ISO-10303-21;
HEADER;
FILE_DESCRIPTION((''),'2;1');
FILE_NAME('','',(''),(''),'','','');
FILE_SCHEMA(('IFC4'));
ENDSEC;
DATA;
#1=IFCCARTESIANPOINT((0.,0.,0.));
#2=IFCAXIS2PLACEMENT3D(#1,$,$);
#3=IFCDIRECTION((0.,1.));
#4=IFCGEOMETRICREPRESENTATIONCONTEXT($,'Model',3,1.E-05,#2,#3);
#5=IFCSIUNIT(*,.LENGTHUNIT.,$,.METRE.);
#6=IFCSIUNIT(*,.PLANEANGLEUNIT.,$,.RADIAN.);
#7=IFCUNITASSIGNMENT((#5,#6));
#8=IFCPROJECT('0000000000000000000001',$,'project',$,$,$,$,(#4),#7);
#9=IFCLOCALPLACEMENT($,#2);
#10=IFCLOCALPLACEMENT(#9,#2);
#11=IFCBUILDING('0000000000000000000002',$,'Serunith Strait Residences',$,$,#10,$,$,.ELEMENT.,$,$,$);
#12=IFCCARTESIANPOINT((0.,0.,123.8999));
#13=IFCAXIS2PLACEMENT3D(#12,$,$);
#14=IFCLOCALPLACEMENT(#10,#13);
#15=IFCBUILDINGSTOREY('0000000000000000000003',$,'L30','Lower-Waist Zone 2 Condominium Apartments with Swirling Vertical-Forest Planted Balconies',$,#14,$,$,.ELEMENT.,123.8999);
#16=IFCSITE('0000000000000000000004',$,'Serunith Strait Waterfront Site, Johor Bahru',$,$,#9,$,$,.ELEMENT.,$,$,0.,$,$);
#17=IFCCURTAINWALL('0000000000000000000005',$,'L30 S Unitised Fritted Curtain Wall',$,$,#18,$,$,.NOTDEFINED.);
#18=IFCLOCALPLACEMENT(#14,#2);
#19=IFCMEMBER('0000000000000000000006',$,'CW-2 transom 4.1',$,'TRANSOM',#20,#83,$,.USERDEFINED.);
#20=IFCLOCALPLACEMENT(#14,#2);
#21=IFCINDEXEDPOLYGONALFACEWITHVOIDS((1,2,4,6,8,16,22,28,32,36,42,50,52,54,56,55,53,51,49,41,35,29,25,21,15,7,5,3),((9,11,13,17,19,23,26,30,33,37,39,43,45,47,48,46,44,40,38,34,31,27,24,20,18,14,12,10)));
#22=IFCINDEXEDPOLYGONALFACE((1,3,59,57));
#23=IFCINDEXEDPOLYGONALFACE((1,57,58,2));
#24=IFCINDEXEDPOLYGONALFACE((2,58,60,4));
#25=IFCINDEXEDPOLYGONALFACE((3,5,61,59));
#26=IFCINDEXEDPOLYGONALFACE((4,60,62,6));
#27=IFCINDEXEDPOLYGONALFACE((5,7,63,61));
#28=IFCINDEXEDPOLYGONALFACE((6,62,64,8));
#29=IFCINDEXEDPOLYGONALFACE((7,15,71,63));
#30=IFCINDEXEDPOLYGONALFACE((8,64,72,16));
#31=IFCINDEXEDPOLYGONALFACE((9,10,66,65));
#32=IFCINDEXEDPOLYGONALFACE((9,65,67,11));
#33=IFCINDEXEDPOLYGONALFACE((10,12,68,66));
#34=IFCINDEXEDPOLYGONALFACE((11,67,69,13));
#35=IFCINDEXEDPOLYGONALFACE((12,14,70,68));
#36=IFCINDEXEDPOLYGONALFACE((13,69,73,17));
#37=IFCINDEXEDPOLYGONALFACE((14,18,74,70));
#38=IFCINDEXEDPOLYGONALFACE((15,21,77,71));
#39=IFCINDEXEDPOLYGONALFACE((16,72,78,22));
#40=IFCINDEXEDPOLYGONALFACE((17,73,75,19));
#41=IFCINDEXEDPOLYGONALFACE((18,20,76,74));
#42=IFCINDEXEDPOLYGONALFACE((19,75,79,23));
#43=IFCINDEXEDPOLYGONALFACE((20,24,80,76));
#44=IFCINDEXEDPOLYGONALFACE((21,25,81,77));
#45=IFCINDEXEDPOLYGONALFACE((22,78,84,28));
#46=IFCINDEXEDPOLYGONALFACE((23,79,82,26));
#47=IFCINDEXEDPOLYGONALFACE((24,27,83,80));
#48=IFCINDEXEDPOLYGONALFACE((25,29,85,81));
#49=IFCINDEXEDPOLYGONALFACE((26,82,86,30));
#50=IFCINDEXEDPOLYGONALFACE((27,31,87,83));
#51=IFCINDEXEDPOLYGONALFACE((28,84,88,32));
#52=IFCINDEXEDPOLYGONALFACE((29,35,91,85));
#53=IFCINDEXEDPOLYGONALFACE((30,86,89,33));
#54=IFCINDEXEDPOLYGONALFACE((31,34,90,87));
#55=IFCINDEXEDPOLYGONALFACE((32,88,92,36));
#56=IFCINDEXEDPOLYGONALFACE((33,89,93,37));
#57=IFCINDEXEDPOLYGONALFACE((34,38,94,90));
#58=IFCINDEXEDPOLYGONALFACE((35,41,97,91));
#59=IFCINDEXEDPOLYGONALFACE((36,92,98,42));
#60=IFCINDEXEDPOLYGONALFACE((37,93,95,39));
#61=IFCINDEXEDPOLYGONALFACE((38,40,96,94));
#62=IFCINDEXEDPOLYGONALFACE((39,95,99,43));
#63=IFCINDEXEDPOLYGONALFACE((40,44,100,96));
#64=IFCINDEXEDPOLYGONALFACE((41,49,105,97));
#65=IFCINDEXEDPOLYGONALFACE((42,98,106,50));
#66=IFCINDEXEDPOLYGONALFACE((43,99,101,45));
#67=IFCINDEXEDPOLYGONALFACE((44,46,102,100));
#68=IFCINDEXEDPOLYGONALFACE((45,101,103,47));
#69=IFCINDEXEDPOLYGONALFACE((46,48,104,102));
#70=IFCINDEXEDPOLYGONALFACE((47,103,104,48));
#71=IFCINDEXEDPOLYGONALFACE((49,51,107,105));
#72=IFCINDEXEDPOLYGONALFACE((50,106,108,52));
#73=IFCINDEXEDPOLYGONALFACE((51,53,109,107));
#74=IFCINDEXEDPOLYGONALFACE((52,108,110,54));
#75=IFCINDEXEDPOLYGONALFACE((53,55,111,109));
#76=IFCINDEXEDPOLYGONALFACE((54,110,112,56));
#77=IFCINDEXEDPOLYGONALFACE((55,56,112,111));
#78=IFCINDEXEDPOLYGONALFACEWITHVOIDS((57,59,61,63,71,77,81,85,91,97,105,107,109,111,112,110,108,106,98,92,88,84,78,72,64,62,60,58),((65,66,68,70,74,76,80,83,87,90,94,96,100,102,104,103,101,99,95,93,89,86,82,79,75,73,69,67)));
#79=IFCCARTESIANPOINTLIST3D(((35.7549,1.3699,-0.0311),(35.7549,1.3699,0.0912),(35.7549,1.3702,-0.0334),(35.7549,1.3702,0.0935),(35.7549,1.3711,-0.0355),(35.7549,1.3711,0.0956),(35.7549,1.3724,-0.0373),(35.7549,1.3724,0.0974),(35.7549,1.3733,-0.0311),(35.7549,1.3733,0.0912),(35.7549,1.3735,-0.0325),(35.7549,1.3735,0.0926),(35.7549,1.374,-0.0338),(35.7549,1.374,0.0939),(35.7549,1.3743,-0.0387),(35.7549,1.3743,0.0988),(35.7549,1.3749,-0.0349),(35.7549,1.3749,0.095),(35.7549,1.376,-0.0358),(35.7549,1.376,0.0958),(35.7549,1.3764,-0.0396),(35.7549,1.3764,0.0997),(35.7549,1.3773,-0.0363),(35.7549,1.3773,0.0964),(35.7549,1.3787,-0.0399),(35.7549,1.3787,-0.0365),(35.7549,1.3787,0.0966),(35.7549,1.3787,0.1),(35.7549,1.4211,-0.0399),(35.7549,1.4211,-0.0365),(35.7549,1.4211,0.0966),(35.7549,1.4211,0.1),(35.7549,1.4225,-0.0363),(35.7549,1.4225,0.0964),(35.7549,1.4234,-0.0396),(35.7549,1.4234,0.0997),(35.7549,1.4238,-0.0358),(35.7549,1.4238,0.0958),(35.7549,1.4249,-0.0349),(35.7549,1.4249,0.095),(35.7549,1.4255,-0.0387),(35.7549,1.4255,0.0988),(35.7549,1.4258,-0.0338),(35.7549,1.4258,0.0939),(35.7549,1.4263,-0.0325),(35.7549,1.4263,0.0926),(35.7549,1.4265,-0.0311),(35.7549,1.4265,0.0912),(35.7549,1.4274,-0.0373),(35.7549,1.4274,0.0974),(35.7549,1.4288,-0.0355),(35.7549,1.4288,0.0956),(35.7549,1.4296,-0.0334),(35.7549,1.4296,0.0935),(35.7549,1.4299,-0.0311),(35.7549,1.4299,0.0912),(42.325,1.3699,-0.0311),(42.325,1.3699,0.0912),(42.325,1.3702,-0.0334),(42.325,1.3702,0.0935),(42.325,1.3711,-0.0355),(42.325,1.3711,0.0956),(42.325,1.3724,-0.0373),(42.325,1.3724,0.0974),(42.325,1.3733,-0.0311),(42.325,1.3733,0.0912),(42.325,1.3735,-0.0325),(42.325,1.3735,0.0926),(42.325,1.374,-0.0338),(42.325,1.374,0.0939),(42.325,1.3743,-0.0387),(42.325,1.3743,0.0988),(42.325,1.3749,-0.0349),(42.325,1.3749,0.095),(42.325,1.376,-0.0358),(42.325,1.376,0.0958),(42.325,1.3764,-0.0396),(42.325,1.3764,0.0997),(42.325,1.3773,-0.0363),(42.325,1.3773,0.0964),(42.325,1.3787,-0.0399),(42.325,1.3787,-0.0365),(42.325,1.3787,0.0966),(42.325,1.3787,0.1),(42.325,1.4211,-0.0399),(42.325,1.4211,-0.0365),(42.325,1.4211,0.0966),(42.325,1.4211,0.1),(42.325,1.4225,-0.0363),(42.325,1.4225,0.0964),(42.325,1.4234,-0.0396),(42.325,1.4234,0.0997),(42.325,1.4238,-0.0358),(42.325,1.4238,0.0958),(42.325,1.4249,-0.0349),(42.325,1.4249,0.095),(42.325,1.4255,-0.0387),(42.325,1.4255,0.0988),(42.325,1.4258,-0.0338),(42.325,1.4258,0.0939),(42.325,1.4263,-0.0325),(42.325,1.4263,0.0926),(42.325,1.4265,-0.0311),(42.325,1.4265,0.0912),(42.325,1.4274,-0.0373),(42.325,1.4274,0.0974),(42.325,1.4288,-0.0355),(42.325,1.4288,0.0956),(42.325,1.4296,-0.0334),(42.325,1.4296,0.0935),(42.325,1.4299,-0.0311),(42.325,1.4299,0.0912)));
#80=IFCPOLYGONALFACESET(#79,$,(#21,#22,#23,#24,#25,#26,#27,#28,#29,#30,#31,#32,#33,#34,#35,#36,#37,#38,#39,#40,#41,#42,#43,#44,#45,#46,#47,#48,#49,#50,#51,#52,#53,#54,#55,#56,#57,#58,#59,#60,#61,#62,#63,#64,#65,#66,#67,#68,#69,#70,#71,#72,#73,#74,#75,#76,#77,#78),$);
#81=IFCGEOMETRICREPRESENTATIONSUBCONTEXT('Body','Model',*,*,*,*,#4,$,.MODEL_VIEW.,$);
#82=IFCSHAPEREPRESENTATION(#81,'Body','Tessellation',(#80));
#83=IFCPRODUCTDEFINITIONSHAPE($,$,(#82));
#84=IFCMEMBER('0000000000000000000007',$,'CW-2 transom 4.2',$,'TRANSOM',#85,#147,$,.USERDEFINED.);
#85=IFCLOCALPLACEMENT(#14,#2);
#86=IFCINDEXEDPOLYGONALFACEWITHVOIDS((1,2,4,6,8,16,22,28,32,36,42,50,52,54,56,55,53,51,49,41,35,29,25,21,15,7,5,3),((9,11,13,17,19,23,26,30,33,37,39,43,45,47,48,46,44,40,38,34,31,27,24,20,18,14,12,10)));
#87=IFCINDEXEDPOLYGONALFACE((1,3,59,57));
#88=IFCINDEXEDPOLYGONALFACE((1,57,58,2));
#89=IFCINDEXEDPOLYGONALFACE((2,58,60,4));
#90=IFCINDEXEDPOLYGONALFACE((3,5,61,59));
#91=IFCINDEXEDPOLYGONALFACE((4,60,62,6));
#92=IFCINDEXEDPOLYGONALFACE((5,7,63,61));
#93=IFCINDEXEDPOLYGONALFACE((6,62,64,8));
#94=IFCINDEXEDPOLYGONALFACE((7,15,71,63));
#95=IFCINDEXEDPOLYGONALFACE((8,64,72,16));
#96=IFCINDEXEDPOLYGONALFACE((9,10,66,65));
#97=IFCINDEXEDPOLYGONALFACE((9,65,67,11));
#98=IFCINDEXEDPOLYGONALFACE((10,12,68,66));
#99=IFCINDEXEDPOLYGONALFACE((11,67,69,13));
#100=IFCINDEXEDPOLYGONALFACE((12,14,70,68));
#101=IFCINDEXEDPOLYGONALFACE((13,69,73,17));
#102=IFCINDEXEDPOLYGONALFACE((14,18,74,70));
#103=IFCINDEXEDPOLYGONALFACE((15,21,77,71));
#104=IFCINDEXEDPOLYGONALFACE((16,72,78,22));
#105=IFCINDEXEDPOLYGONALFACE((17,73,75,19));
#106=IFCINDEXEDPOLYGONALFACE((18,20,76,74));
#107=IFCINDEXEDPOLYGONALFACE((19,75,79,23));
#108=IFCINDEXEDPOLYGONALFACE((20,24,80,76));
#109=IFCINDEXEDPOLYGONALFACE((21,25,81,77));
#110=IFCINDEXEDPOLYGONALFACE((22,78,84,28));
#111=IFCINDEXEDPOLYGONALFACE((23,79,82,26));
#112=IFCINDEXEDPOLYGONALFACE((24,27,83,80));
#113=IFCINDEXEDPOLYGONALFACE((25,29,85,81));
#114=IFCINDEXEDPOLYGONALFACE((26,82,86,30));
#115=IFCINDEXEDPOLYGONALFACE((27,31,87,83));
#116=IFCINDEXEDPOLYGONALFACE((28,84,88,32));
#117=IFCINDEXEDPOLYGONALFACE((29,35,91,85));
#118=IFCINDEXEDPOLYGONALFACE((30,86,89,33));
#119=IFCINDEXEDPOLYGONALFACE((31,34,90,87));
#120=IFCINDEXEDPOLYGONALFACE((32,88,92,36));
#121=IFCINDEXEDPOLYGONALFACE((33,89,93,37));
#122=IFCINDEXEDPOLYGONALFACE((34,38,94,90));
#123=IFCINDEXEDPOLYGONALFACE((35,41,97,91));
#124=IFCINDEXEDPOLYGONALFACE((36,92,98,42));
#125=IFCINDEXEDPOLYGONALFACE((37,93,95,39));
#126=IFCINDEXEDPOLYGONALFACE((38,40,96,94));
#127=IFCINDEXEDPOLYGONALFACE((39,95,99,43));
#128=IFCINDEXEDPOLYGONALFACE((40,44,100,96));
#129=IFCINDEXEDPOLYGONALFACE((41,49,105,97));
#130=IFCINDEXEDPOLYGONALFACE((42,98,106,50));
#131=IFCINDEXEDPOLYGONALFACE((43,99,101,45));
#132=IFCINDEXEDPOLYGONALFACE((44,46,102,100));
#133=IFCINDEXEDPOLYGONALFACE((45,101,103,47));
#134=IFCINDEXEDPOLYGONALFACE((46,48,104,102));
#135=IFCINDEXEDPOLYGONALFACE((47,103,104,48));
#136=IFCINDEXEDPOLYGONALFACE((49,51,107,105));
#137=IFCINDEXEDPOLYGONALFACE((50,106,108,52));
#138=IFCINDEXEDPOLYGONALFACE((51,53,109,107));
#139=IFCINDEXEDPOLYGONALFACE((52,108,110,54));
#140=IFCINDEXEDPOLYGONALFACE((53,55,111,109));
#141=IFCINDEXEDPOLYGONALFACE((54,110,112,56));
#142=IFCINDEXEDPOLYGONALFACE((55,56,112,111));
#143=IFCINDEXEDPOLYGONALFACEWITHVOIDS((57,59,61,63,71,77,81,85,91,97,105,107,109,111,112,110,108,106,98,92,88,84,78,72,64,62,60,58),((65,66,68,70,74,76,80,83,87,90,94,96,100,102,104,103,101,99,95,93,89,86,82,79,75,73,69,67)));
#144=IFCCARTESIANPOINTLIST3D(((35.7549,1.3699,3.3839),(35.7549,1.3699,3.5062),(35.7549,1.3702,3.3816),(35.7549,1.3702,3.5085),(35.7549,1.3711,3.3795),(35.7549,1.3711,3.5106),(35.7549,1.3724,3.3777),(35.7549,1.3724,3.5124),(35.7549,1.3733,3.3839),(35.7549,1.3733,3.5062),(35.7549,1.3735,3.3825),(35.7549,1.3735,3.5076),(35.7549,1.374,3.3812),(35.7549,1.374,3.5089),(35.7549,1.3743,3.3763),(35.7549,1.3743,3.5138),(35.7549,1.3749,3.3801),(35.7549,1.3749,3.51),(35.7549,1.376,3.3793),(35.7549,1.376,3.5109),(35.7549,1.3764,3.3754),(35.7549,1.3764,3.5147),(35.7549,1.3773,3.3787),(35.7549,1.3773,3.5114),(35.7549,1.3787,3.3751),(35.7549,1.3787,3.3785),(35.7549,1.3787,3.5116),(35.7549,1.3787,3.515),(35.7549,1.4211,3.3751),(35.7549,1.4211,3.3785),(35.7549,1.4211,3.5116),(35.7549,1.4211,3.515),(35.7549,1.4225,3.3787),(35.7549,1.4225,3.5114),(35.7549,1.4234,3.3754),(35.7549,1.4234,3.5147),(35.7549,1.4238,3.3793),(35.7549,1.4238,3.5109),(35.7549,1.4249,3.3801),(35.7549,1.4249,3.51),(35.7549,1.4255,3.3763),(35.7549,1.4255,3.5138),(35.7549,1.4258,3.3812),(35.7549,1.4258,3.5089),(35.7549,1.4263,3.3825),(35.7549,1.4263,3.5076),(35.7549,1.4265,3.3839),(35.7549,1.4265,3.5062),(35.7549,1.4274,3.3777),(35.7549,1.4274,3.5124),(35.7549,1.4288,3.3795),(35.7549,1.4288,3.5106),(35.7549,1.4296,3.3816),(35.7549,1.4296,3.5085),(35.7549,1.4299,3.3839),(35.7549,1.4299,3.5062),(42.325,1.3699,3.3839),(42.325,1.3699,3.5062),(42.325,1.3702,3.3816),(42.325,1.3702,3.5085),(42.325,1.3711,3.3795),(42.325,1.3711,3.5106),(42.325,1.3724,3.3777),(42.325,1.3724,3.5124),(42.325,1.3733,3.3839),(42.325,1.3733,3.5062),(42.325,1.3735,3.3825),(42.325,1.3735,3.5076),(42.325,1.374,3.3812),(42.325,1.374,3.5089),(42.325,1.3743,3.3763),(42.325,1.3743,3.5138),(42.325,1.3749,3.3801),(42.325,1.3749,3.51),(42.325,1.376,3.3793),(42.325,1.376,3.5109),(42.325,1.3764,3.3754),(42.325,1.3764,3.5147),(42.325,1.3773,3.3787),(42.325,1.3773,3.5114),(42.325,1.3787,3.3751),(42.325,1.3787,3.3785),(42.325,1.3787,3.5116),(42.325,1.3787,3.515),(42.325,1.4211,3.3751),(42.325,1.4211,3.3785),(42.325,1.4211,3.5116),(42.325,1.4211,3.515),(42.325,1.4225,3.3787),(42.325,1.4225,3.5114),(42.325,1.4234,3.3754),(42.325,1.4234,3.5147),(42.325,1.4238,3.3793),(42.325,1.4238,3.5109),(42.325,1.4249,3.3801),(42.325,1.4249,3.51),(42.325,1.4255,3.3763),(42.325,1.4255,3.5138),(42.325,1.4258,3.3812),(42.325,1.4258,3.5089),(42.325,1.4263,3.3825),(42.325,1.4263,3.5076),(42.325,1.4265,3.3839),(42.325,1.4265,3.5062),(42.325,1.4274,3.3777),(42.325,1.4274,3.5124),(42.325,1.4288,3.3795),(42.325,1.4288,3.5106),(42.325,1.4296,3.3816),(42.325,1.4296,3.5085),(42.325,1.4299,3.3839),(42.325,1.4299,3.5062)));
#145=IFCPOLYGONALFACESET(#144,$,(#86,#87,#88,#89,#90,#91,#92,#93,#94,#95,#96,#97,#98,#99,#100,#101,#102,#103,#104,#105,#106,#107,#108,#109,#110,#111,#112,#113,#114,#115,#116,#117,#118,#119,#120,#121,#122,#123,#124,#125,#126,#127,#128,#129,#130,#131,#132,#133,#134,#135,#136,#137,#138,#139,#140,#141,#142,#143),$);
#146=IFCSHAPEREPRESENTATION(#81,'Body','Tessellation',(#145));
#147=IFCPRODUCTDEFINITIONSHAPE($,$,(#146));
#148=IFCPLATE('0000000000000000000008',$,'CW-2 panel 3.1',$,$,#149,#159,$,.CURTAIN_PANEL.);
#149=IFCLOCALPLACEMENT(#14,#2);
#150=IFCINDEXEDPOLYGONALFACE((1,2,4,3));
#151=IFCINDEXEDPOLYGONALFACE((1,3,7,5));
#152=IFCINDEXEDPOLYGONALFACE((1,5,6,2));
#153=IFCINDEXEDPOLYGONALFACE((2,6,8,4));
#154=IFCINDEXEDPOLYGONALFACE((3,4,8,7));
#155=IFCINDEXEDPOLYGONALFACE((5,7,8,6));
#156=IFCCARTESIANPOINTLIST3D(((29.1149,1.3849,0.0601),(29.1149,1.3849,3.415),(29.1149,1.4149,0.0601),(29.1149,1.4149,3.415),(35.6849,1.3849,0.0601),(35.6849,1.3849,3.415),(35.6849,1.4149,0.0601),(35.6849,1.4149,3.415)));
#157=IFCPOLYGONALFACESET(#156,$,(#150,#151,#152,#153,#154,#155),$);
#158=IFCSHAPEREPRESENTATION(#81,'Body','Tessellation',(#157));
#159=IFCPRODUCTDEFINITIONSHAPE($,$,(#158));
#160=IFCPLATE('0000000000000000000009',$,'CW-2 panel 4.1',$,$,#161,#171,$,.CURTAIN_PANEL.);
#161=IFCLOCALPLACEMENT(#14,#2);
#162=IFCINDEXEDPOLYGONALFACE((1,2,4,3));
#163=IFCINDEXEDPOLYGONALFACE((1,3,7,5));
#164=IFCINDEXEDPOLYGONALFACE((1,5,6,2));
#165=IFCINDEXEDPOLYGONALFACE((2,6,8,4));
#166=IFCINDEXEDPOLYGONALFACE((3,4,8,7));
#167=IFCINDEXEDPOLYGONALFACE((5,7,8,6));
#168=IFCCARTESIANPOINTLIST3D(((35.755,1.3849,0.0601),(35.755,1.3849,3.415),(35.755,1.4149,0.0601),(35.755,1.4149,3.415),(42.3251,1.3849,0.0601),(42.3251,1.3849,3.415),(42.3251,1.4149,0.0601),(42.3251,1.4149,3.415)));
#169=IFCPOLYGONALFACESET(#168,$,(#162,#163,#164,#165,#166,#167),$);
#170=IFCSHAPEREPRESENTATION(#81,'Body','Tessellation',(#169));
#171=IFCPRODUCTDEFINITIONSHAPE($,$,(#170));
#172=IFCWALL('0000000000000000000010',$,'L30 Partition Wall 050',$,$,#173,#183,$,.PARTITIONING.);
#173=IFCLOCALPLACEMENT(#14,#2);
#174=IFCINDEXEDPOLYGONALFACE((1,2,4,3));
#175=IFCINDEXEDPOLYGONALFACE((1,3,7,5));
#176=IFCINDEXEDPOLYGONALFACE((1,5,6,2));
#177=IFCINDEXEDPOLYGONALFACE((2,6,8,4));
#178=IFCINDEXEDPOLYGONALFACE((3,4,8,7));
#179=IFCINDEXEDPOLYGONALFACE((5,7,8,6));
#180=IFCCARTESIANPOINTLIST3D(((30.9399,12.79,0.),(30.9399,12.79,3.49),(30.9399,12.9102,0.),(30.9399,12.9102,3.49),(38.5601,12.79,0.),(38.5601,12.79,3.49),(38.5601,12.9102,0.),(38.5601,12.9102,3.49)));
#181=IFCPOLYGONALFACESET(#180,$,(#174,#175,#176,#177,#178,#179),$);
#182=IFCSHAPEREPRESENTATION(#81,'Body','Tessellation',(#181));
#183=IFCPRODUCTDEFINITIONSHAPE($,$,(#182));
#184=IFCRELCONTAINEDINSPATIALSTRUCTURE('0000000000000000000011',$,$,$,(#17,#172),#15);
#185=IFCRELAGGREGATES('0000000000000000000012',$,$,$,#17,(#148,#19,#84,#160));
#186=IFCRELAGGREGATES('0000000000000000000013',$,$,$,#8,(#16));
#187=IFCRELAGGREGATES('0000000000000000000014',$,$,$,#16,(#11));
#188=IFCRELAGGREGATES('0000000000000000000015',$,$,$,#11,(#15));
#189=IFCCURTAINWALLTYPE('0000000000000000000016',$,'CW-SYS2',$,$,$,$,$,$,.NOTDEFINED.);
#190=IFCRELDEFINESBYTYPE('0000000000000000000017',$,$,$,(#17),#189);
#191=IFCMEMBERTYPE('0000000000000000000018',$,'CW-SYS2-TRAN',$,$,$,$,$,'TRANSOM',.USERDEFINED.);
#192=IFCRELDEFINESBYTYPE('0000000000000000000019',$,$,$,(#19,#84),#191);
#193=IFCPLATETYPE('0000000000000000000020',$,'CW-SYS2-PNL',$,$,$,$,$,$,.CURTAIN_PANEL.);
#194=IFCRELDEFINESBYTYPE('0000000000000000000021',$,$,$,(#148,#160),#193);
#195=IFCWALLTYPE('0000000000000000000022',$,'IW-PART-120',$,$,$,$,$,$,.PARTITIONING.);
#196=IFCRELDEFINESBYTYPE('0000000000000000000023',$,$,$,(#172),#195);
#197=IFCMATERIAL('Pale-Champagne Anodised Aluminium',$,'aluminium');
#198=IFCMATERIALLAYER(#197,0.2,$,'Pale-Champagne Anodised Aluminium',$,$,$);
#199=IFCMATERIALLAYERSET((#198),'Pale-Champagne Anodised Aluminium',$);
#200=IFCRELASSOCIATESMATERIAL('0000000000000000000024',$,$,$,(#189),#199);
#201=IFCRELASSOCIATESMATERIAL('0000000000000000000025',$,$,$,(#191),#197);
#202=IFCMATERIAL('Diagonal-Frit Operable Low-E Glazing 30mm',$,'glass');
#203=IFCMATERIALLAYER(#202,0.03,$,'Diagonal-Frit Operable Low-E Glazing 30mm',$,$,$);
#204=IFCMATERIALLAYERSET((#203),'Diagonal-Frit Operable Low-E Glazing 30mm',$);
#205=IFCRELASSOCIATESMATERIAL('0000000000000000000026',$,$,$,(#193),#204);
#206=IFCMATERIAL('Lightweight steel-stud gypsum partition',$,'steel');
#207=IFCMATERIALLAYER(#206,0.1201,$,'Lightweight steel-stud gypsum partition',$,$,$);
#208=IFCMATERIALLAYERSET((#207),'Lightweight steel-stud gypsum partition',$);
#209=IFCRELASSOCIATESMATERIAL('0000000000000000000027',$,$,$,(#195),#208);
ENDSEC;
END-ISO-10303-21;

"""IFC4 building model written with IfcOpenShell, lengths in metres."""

from ifc_helpers import new_model, si_unit, direction, frame, frame_2d, origin, origin_2d, place, context, subcontext, project, spatial, rectangle, hollow_rectangle, extrude, source, transform, mapped, material, layer, layer_set, material_profile, profile_set, type_object, element, aggregate, save


model = new_model("IFC4")

# Units and contexts
model_context = context("Model", 3, precision=1e-05, world=origin(), true_north=direction((0.0, 1.0)))
body_context = subcontext(model_context, "Body", "Model", "MODEL_VIEW")
ifc_project = project(units=[si_unit("LENGTHUNIT", "METRE"), si_unit("PLANEANGLEUNIT", "RADIAN")], contexts=[model_context])

# Site, building, storey
site_placement = place(None, origin())
site = spatial("IfcSite", under=ifc_project, at=site_placement, Name="Serunith Strait Waterfront Site, Johor Bahru", CompositionType="ELEMENT", RefElevation=0.0)
building_placement = place(site_placement, origin())
building = spatial("IfcBuilding", under=site, at=building_placement, Name="Serunith Strait Residences", CompositionType="ELEMENT")
storey_placement = place(building_placement, frame((0.0, 0.0, 123.8999)))
storey = spatial("IfcBuildingStorey", under=building, at=storey_placement, Name="L30", Description="Lower-Waist Zone 2 Condominium Apartments with Swirling Vertical-Forest Planted Balconies", CompositionType="ELEMENT", Elevation=123.8999)

# Curtain wall, members, plates
ifc_material_1 = material(Name="Pale-Champagne Anodised Aluminium", Category="aluminium")
ifc_layer_1 = layer(ifc_material_1, 0.2, Name="Pale-Champagne Anodised Aluminium")
ifc_layer_set_1 = layer_set([ifc_layer_1], Name="Pale-Champagne Anodised Aluminium")
curtain_wall_type = type_object("IfcCurtainWallType", Name="CW-SYS2", PredefinedType="NOTDEFINED", material=ifc_layer_set_1)
curtain_wall_placement = place(storey_placement, origin())
curtain_wall = element("IfcCurtainWall", 1, at=curtain_wall_placement, inside=storey, type_object=curtain_wall_type, Name="L30 S Unitised Fritted Curtain Wall", PredefinedType="NOTDEFINED")
ifc_material_profile_1 = material_profile(ifc_material_1, hollow_rectangle(XDim=0.0601, YDim=0.1399, WallThickness=0.0034, InnerFilletRadius=0.0054, OuterFilletRadius=0.0088, at=origin_2d()), Name="ALU 140x60x3.5")
ifc_profile_set_1 = profile_set([ifc_material_profile_1], Name="Pale-Champagne Anodised Aluminium")
member_type_1 = type_object("IfcMemberType", Name="CW-SYS2-TRAN", ElementType="TRANSOM", PredefinedType="USERDEFINED", material=ifc_profile_set_1)
shared_shape_1 = source(origin(), body_context, "Body", "SweptSolid", [
    extrude(hollow_rectangle(XDim=0.0601, YDim=0.1399, WallThickness=0.0034, InnerFilletRadius=0.0054, OuterFilletRadius=0.0088, at=origin_2d()), origin(), (0.0, 0.0, 1.0), 6.5701),
])
member_1_placement = place(storey_placement, frame((35.7549, 1.3999, 0.03), z_axis=(1.0, 0.0, 0.0), x_axis=(0.0, 1.0, 0.0)))
member_1 = element("IfcMember", 2, at=member_1_placement, type_object=member_type_1, Name="CW-2 transom 4.1", ObjectType="TRANSOM", PredefinedType="USERDEFINED", context=body_context, shape_type="MappedRepresentation", body=[
    mapped(shared_shape_1, transform((0.0, 0.0, 0.0), scale=1.0)),
])
member_2_placement = place(storey_placement, frame((35.7549, 1.3999, 3.4451), z_axis=(1.0, 0.0, 0.0), x_axis=(0.0, 1.0, 0.0)))
member_2 = element("IfcMember", 3, at=member_2_placement, type_object=member_type_1, Name="CW-2 transom 4.2", ObjectType="TRANSOM", PredefinedType="USERDEFINED", context=body_context, shape_type="MappedRepresentation", body=[
    mapped(shared_shape_1, transform((0.0, 0.0, 0.0), scale=1.0)),
])
ifc_material_2 = material(Name="Diagonal-Frit Operable Low-E Glazing 30mm", Category="glass")
ifc_layer_2 = layer(ifc_material_2, 0.03, Name="Diagonal-Frit Operable Low-E Glazing 30mm")
ifc_layer_set_2 = layer_set([ifc_layer_2], Name="Diagonal-Frit Operable Low-E Glazing 30mm")
plate_type = type_object("IfcPlateType", Name="CW-SYS2-PNL", PredefinedType="CURTAIN_PANEL", material=ifc_layer_set_2)
shared_shape_2 = source(origin(), body_context, "Body", "SweptSolid", [
    extrude(rectangle(XDim=6.5701, YDim=0.03, at=origin_2d()), origin(), (0.0, 0.0, 1.0), 3.355),
])
plate_1_placement = place(storey_placement, frame((32.3999, 1.3999, 0.0601), z_axis=(0.0, 0.0, 1.0), x_axis=(1.0, 0.0, 0.0)))
plate_1 = element("IfcPlate", 4, at=plate_1_placement, type_object=plate_type, Name="CW-2 panel 3.1", PredefinedType="CURTAIN_PANEL", context=body_context, shape_type="MappedRepresentation", body=[
    mapped(shared_shape_2, transform((0.0, 0.0, 0.0), scale=1.0)),
])
plate_2_placement = place(storey_placement, frame((39.04, 1.3999, 0.0601), z_axis=(0.0, 0.0, 1.0), x_axis=(1.0, 0.0, 0.0)))
plate_2 = element("IfcPlate", 5, at=plate_2_placement, type_object=plate_type, Name="CW-2 panel 4.1", PredefinedType="CURTAIN_PANEL", context=body_context, shape_type="MappedRepresentation", body=[
    mapped(shared_shape_2, transform((0.0, 0.0, 0.0), scale=1.0)),
])
aggregate(curtain_wall, [plate_1, member_1, member_2, plate_2])

# Wall
ifc_material_3 = material(Name="Lightweight steel-stud gypsum partition", Category="steel")
ifc_layer_3 = layer(ifc_material_3, 0.1201, Name="Lightweight steel-stud gypsum partition")
ifc_layer_set_3 = layer_set([ifc_layer_3], Name="Lightweight steel-stud gypsum partition")
wall_type_1 = type_object("IfcWallType", Name="IW-PART-120", PredefinedType="PARTITIONING", material=ifc_layer_set_3)
wall_1_placement = place(storey_placement, frame((30.9399, 12.8501, 0.0), z_axis=(0.0, 0.0, 1.0), x_axis=(1.0, 0.0, 0.0)))
element("IfcWall", 6, at=wall_1_placement, inside=storey, type_object=wall_type_1, Name="L30 Partition Wall 050", PredefinedType="PARTITIONING", context=body_context, shape_type="SweptSolid", body=[
    extrude(rectangle(XDim=7.6201, YDim=0.1201, at=frame_2d((3.8101, 0.0))), origin(), (0.0, 0.0, 1.0), 3.49),
])

save(model, "model.ifc")
